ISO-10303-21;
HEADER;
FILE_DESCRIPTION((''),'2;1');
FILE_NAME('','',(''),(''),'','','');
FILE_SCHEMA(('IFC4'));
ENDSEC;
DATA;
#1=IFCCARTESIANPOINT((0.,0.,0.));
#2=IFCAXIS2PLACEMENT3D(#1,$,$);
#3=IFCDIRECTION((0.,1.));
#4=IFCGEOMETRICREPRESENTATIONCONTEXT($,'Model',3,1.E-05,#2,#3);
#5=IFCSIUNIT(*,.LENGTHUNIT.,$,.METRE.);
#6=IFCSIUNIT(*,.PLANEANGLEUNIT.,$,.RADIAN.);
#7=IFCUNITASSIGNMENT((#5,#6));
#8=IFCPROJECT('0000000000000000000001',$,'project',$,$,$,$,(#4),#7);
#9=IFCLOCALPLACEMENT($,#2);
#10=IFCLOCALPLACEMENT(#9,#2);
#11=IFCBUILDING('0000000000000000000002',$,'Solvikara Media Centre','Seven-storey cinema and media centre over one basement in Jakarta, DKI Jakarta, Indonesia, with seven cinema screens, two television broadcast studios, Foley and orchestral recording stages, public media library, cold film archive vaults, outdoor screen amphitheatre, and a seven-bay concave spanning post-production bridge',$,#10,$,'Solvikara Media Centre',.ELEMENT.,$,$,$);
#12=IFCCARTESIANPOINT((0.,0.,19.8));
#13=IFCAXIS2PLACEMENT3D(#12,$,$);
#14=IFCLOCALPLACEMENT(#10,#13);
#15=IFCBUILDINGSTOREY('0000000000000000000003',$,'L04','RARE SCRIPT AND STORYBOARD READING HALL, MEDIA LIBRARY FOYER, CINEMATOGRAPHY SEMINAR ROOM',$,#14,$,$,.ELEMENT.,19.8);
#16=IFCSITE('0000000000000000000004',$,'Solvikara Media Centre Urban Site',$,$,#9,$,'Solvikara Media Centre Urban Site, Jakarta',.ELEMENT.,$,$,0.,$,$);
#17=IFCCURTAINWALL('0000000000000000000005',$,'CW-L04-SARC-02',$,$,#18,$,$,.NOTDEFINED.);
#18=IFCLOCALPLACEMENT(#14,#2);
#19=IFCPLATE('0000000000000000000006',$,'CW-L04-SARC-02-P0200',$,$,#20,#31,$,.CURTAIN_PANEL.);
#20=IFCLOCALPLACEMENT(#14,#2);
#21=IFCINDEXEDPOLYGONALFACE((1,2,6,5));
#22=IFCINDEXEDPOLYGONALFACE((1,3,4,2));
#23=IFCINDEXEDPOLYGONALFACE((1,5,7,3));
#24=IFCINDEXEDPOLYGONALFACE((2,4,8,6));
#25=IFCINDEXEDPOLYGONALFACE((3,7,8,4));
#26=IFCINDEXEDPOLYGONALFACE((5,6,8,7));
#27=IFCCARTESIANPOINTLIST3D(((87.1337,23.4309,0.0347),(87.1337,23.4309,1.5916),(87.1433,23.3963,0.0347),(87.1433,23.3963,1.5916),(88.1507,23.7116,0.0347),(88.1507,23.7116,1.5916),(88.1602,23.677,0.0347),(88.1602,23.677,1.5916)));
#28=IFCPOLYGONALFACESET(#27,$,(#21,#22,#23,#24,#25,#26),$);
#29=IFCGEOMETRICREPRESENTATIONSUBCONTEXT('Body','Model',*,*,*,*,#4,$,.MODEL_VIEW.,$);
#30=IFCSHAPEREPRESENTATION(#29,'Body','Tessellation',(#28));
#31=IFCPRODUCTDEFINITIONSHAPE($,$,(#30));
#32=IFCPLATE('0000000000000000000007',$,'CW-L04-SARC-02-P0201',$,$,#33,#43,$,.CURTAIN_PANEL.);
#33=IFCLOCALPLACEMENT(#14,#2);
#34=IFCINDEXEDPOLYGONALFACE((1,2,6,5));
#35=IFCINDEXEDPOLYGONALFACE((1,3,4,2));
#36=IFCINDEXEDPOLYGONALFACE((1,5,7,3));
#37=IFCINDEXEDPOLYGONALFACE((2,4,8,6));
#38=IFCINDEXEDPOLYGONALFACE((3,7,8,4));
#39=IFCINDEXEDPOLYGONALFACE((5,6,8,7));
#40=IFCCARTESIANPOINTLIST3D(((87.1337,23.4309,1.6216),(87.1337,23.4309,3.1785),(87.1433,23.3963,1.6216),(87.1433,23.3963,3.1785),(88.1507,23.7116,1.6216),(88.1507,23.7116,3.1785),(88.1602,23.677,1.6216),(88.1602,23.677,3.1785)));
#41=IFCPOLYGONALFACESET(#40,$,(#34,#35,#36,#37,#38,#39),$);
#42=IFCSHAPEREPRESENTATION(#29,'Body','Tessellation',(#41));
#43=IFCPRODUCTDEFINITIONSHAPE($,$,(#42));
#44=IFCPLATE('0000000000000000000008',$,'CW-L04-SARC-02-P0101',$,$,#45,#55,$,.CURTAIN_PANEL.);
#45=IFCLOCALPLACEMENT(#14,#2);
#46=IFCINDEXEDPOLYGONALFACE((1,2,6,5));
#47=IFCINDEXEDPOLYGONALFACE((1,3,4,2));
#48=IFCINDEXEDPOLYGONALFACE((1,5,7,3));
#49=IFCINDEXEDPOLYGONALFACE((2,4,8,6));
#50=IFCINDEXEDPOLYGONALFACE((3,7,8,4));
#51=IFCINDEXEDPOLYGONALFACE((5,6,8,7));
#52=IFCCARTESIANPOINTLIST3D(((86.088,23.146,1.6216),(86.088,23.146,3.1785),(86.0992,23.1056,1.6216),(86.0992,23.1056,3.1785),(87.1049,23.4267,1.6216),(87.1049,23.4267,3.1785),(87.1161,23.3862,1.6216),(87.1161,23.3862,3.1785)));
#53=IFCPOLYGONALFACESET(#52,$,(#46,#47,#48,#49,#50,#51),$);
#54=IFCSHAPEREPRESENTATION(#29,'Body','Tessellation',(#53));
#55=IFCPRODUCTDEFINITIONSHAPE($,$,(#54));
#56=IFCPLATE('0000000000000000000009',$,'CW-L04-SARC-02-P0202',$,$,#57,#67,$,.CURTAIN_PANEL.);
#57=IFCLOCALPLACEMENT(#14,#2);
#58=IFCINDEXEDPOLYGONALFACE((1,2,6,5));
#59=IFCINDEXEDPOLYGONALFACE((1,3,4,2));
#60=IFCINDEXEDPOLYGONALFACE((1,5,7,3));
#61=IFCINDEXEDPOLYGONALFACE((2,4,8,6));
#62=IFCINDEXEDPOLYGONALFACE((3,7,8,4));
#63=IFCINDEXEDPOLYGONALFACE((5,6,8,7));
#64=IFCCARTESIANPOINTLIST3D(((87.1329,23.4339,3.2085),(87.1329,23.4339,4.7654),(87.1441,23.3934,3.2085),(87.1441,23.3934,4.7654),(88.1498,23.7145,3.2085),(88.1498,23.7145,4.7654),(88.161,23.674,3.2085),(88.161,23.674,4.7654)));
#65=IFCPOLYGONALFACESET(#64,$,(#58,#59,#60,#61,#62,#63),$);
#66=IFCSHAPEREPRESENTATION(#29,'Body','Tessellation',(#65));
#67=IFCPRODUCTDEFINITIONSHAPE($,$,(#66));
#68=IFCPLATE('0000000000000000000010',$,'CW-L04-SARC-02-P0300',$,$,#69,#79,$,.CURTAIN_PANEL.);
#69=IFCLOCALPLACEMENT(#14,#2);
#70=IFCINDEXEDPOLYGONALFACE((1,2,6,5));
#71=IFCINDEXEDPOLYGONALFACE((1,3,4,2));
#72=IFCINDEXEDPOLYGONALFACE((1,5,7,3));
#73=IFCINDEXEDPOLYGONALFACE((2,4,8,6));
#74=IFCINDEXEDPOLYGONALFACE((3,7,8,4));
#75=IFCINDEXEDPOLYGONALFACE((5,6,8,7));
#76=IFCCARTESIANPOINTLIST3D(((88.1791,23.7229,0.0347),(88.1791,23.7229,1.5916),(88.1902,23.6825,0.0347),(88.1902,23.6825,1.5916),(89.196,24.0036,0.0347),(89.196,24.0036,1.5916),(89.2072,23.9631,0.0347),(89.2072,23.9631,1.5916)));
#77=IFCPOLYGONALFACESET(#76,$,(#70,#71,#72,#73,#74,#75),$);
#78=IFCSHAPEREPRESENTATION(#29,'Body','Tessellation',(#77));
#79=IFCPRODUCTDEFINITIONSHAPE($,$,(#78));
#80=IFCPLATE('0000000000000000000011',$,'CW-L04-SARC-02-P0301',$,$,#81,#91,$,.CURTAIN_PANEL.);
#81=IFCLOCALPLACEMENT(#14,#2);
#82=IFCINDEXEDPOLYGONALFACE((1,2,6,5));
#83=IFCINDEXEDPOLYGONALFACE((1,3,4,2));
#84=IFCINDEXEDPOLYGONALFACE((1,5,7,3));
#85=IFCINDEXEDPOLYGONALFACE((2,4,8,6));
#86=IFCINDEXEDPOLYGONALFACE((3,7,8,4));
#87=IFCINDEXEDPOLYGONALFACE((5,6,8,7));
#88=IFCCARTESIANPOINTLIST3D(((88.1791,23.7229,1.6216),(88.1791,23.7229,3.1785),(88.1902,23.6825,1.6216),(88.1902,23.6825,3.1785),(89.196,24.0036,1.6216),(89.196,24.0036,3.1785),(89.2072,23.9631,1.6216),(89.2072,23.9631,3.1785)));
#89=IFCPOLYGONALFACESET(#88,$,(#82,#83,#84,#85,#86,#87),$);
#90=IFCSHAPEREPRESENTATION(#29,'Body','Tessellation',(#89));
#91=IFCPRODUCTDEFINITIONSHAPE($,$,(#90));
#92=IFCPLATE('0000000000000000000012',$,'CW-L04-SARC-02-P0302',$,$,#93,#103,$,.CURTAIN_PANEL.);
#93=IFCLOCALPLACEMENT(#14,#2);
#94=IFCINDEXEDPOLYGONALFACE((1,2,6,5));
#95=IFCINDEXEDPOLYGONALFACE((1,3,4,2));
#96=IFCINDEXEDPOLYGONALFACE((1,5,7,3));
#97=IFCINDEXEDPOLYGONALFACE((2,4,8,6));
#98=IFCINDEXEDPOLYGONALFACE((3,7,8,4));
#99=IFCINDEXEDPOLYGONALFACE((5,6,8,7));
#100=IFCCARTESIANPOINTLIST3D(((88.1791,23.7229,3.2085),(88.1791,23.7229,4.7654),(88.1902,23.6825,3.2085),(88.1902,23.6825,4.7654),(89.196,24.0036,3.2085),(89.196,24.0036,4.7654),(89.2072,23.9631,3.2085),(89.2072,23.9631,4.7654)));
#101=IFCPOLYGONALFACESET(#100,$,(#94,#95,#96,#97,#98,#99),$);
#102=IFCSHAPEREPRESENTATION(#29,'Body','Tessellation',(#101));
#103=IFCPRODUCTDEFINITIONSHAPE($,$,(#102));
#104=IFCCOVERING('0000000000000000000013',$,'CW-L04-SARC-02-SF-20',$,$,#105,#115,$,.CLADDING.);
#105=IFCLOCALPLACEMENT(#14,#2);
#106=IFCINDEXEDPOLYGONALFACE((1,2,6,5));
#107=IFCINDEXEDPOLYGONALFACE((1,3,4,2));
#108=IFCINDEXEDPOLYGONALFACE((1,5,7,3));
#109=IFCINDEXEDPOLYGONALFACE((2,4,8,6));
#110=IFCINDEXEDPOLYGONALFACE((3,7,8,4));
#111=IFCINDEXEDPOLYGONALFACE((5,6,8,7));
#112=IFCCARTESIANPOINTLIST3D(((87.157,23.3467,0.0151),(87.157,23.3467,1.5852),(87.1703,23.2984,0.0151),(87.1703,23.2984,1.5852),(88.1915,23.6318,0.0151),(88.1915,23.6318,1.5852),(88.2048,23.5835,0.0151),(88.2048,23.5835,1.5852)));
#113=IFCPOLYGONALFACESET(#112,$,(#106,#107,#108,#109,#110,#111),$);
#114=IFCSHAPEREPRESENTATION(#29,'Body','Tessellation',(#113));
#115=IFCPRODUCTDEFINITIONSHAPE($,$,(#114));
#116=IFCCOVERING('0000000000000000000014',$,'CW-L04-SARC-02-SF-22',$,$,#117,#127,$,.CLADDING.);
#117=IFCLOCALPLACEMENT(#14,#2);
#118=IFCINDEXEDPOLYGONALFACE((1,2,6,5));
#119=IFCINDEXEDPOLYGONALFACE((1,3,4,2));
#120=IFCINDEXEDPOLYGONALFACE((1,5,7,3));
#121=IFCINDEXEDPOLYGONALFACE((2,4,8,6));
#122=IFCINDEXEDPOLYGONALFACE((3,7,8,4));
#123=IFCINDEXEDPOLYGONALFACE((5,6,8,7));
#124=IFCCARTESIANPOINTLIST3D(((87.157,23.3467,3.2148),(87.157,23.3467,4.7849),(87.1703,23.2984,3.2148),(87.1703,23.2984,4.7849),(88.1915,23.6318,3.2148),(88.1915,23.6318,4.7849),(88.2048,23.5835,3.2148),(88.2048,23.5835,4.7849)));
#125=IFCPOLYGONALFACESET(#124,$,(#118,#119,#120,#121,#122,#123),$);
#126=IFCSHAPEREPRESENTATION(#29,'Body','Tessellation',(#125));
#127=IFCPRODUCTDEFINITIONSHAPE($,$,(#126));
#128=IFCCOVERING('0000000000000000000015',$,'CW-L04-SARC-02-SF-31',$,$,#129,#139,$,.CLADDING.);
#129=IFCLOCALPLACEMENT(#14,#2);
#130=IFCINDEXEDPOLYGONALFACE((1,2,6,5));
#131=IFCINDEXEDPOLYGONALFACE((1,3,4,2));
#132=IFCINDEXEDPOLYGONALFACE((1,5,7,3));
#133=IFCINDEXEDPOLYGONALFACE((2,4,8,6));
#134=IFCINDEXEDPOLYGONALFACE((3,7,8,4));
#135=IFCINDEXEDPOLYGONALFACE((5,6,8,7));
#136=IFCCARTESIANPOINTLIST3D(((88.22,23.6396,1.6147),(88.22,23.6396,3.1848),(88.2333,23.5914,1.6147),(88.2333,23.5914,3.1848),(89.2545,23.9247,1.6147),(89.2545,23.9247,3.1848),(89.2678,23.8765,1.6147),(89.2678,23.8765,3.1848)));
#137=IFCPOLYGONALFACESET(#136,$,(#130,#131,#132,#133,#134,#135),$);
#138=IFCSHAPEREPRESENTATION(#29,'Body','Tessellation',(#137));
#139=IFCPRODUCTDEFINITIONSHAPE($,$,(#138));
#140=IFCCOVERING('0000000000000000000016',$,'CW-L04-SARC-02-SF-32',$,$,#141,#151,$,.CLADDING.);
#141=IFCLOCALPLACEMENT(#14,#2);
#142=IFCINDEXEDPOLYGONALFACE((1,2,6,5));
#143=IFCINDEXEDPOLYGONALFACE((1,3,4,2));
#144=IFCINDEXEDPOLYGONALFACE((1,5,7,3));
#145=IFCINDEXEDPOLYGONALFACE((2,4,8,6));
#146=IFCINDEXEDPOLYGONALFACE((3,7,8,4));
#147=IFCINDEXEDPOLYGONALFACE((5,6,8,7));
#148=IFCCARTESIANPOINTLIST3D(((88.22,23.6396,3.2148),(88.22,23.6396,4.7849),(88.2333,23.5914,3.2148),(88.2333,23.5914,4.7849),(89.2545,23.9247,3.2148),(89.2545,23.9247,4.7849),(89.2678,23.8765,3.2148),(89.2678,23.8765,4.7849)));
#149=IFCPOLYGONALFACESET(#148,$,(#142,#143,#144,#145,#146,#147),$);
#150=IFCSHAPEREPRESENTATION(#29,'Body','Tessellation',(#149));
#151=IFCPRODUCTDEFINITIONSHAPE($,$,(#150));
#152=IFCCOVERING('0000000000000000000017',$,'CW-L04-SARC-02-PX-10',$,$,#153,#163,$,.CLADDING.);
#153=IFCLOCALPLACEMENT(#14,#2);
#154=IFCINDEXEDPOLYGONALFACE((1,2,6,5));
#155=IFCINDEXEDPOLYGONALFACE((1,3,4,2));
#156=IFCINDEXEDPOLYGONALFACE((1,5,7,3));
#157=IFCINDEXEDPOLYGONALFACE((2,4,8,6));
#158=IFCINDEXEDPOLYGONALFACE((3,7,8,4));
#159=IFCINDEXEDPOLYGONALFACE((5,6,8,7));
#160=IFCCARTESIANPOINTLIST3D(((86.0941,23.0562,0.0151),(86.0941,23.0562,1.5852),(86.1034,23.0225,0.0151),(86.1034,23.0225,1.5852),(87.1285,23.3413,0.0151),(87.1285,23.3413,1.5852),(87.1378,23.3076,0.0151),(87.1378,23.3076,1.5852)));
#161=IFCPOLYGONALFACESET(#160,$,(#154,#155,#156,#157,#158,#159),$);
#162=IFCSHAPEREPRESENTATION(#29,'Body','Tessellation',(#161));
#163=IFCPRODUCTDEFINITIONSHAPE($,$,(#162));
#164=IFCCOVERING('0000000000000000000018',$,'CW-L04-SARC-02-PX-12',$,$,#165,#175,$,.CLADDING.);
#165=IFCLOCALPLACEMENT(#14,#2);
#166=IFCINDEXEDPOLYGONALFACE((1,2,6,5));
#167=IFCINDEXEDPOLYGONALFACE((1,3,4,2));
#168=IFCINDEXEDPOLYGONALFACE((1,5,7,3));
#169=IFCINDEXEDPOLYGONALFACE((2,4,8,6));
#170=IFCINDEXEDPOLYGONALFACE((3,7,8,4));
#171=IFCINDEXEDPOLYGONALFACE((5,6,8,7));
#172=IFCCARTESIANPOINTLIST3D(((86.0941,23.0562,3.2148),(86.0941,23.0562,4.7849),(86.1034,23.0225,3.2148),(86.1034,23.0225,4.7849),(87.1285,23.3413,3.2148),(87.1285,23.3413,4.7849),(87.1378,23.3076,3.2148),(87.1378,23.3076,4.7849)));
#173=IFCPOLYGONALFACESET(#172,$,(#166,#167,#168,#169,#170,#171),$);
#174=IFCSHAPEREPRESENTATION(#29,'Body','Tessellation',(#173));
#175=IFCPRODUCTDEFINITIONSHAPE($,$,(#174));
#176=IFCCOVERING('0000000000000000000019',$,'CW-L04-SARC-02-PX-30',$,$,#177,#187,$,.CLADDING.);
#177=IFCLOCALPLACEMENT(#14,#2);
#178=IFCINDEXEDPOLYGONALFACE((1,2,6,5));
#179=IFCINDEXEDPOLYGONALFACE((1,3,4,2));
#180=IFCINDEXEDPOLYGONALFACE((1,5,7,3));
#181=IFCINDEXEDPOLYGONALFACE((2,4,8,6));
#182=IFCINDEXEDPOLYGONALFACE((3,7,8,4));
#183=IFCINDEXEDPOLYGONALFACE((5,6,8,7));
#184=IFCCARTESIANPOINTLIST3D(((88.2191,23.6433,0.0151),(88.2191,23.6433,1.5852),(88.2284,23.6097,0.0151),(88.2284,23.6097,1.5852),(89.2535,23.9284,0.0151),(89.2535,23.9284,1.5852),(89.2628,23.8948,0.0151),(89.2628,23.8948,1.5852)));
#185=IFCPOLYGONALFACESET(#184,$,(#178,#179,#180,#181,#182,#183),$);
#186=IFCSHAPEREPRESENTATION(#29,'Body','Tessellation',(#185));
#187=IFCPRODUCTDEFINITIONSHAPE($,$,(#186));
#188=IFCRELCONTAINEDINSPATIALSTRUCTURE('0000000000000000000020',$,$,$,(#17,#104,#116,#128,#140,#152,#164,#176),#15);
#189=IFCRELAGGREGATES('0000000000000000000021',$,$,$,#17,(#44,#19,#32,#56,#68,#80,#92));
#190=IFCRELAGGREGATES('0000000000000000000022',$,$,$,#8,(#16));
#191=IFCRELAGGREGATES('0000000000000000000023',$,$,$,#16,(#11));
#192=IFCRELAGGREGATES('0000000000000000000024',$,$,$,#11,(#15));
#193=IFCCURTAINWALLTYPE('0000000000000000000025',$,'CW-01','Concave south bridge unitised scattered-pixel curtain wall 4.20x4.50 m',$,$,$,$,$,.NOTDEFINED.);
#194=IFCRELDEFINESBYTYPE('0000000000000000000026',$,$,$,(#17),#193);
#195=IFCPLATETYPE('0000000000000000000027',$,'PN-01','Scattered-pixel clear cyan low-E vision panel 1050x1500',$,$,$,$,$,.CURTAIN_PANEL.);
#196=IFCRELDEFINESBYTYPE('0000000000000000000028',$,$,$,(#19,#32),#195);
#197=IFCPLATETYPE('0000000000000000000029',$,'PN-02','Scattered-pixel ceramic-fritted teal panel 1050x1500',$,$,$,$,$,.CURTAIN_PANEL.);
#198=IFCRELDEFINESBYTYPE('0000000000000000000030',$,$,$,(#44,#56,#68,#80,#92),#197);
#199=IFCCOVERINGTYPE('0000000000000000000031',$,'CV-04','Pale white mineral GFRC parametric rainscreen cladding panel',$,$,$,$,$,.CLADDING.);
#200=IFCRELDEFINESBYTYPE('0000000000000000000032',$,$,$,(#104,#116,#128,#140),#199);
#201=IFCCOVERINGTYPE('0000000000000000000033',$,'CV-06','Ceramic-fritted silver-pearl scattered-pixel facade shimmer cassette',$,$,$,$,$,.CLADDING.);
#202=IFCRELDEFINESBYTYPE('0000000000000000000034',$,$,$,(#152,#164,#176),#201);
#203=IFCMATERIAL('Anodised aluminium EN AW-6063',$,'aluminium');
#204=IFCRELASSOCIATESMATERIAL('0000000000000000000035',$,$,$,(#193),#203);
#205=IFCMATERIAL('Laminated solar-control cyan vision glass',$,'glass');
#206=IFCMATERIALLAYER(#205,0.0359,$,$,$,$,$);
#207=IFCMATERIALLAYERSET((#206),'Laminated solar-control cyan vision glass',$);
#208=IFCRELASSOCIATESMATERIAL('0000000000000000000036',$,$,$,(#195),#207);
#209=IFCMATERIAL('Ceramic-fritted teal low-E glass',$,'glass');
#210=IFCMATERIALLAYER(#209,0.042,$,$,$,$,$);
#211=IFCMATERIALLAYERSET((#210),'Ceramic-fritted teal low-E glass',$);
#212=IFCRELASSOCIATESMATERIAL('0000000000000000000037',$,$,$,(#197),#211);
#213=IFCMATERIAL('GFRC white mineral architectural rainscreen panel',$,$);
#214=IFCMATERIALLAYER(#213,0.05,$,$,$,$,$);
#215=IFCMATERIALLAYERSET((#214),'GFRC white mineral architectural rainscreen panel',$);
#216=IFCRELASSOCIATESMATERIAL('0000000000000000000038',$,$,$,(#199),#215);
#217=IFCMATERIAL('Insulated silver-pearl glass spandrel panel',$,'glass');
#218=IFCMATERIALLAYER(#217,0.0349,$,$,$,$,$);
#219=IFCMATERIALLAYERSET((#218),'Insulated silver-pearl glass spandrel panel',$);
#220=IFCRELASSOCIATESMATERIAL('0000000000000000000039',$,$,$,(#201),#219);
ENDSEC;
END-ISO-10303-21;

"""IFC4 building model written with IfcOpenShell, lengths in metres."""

from ifc_helpers import new_model, si_unit, direction, frame, origin, origin_2d, place, context, subcontext, project, spatial, rectangle, extrude, material, layer, layer_set, type_object, element, aggregate, save


model = new_model("IFC4")

# Units and contexts
model_context = context("Model", 3, precision=1e-05, world=origin(), true_north=direction((0.0, 1.0)))
body_context = subcontext(model_context, "Body", "Model", "MODEL_VIEW")
ifc_project = project(units=[si_unit("LENGTHUNIT", "METRE"), si_unit("PLANEANGLEUNIT", "RADIAN")], contexts=[model_context])

# Site, building, storey
site_placement = place(None, origin())
site = spatial("IfcSite", under=ifc_project, at=site_placement, Name="Solvikara Media Centre Urban Site", LongName="Solvikara Media Centre Urban Site, Jakarta", CompositionType="ELEMENT", RefElevation=0.0)
building_placement = place(site_placement, origin())
building = spatial("IfcBuilding", under=site, at=building_placement, Name="Solvikara Media Centre", Description="Seven-storey cinema and media centre over one basement in Jakarta, DKI Jakarta, Indonesia, with seven cinema screens, two television broadcast studios, Foley and orchestral recording stages, public media library, cold film archive vaults, outdoor screen amphitheatre, and a seven-bay concave spanning post-production bridge", LongName="Solvikara Media Centre", CompositionType="ELEMENT")
storey_placement = place(building_placement, frame((0.0, 0.0, 19.8)))
storey = spatial("IfcBuildingStorey", under=building, at=storey_placement, Name="L04", Description="RARE SCRIPT AND STORYBOARD READING HALL, MEDIA LIBRARY FOYER, CINEMATOGRAPHY SEMINAR ROOM", CompositionType="ELEMENT", Elevation=19.8)

# Curtain wall
ifc_material_1 = material(Name="Anodised aluminium EN AW-6063", Category="aluminium")
curtain_wall_type = type_object("IfcCurtainWallType", Name="CW-01", Description="Concave south bridge unitised scattered-pixel curtain wall 4.20x4.50 m", PredefinedType="NOTDEFINED", material=ifc_material_1)
curtain_wall_1_placement = place(storey_placement, origin())
curtain_wall_1 = element("IfcCurtainWall", 1, at=curtain_wall_1_placement, inside=storey, type_object=curtain_wall_type, Name="CW-L04-SARC-02", PredefinedType="NOTDEFINED")

# Plates
ifc_material_2 = material(Name="Laminated solar-control cyan vision glass", Category="glass")
ifc_layer_1 = layer(ifc_material_2, 0.0359)
ifc_layer_set_1 = layer_set([ifc_layer_1], Name="Laminated solar-control cyan vision glass")
plate_type_1 = type_object("IfcPlateType", Name="PN-01", Description="Scattered-pixel clear cyan low-E vision panel 1050x1500", PredefinedType="CURTAIN_PANEL", material=ifc_layer_set_1)
plate_1_placement = place(storey_placement, frame((87.647, 23.554, 0.0347), z_axis=(0.0, 0.0, 1.0), x_axis=(0.96397, 0.26601, 0.0)))
plate_1 = element("IfcPlate", 2, at=plate_1_placement, type_object=plate_type_1, Name="CW-L04-SARC-02-P0200", PredefinedType="CURTAIN_PANEL", context=body_context, shape_type="SweptSolid", body=[
    extrude(rectangle(XDim=1.0549, YDim=0.0359, at=origin_2d()), origin(), (0.0, 0.0, 1.0), 1.5569),
])
plate_2_placement = place(storey_placement, frame((87.647, 23.554, 1.6216), z_axis=(0.0, 0.0, 1.0), x_axis=(0.96397, 0.26601, 0.0)))
plate_2 = element("IfcPlate", 3, at=plate_2_placement, type_object=plate_type_1, Name="CW-L04-SARC-02-P0201", PredefinedType="CURTAIN_PANEL", context=body_context, shape_type="SweptSolid", body=[
    extrude(rectangle(XDim=1.0549, YDim=0.0359, at=origin_2d()), origin(), (0.0, 0.0, 1.0), 1.5569),
])
ifc_material_3 = material(Name="Ceramic-fritted teal low-E glass", Category="glass")
ifc_layer_2 = layer(ifc_material_3, 0.042)
ifc_layer_set_2 = layer_set([ifc_layer_2], Name="Ceramic-fritted teal low-E glass")
plate_type_2 = type_object("IfcPlateType", Name="PN-02", Description="Scattered-pixel ceramic-fritted teal panel 1050x1500", PredefinedType="CURTAIN_PANEL", material=ifc_layer_set_2)
plate_3_placement = place(storey_placement, frame((86.6021, 23.2661, 1.6216), z_axis=(0.0, 0.0, 1.0), x_axis=(0.96397, 0.26601, 0.0)))
plate_3 = element("IfcPlate", 4, at=plate_3_placement, type_object=plate_type_2, Name="CW-L04-SARC-02-P0101", PredefinedType="CURTAIN_PANEL", context=body_context, shape_type="SweptSolid", body=[
    extrude(rectangle(XDim=1.0549, YDim=0.042, at=origin_2d()), origin(), (0.0, 0.0, 1.0), 1.5569),
])
plate_4_placement = place(storey_placement, frame((87.647, 23.554, 3.2085), z_axis=(0.0, 0.0, 1.0), x_axis=(0.96397, 0.26601, 0.0)))
plate_4 = element("IfcPlate", 5, at=plate_4_placement, type_object=plate_type_2, Name="CW-L04-SARC-02-P0202", PredefinedType="CURTAIN_PANEL", context=body_context, shape_type="SweptSolid", body=[
    extrude(rectangle(XDim=1.0549, YDim=0.042, at=origin_2d()), origin(), (0.0, 0.0, 1.0), 1.5569),
])
plate_5_placement = place(storey_placement, frame((88.6931, 23.843, 0.0347), z_axis=(0.0, 0.0, 1.0), x_axis=(0.96397, 0.26601, 0.0)))
plate_5 = element("IfcPlate", 6, at=plate_5_placement, type_object=plate_type_2, Name="CW-L04-SARC-02-P0300", PredefinedType="CURTAIN_PANEL", context=body_context, shape_type="SweptSolid", body=[
    extrude(rectangle(XDim=1.0549, YDim=0.042, at=origin_2d()), origin(), (0.0, 0.0, 1.0), 1.5569),
])
plate_6_placement = place(storey_placement, frame((88.6931, 23.843, 1.6216), z_axis=(0.0, 0.0, 1.0), x_axis=(0.96397, 0.26601, 0.0)))
plate_6 = element("IfcPlate", 7, at=plate_6_placement, type_object=plate_type_2, Name="CW-L04-SARC-02-P0301", PredefinedType="CURTAIN_PANEL", context=body_context, shape_type="SweptSolid", body=[
    extrude(rectangle(XDim=1.0549, YDim=0.042, at=origin_2d()), origin(), (0.0, 0.0, 1.0), 1.5569),
])
plate_7_placement = place(storey_placement, frame((88.6931, 23.843, 3.2085), z_axis=(0.0, 0.0, 1.0), x_axis=(0.96397, 0.26601, 0.0)))
plate_7 = element("IfcPlate", 8, at=plate_7_placement, type_object=plate_type_2, Name="CW-L04-SARC-02-P0302", PredefinedType="CURTAIN_PANEL", context=body_context, shape_type="SweptSolid", body=[
    extrude(rectangle(XDim=1.0549, YDim=0.042, at=origin_2d()), origin(), (0.0, 0.0, 1.0), 1.5569),
])
aggregate(curtain_wall_1, [plate_3, plate_1, plate_2, plate_4, plate_5, plate_6, plate_7])

# Coverings
ifc_material_4 = material(Name="GFRC white mineral architectural rainscreen panel")
ifc_layer_3 = layer(ifc_material_4, 0.05)
ifc_layer_set_3 = layer_set([ifc_layer_3], Name="GFRC white mineral architectural rainscreen panel")
covering_type_1 = type_object("IfcCoveringType", Name="CV-04", Description="Pale white mineral GFRC parametric rainscreen cladding panel", PredefinedType="CLADDING", material=ifc_layer_set_3)
for number, where, z_axis, x_axis, name in (
    (9, (87.6809, 23.4651, 0.0151), (0.0, 0.0, 1.0), (0.964049, 0.265724, 0.0), "CW-L04-SARC-02-SF-20"),
    (10, (87.6809, 23.4651, 3.2148), (0.0, 0.0, 1.0), (0.964049, 0.265724, 0.0), "CW-L04-SARC-02-SF-22"),
    (11, (88.7439, 23.7581, 1.6147), (0.0, 0.0, 1.0), (0.964049, 0.265724, 0.0), "CW-L04-SARC-02-SF-31"),
    (12, (88.7439, 23.7581, 3.2148), (0.0, 0.0, 1.0), (0.964049, 0.265724, 0.0), "CW-L04-SARC-02-SF-32"),
):
    element("IfcCovering", number, at=place(storey_placement, frame(where, z_axis=z_axis, x_axis=x_axis)), inside=storey, type_object=covering_type_1, Name=name, PredefinedType="CLADDING", context=body_context, shape_type="SweptSolid", body=[
        extrude(rectangle(XDim=1.073, YDim=0.05, at=origin_2d()), origin(), (0.0, 0.0, 1.0), 1.5701),
    ])
ifc_material_5 = material(Name="Insulated silver-pearl glass spandrel panel", Category="glass")
ifc_layer_4 = layer(ifc_material_5, 0.0349)
ifc_layer_set_4 = layer_set([ifc_layer_4], Name="Insulated silver-pearl glass spandrel panel")
covering_type_2 = type_object("IfcCoveringType", Name="CV-06", Description="Ceramic-fritted silver-pearl scattered-pixel facade shimmer cassette", PredefinedType="CLADDING", material=ifc_layer_set_4)
for number, where, z_axis, x_axis, name in (
    (13, (86.616, 23.1819, 0.0151), (0.0, 0.0, 1.0), (0.964049, 0.265724, 0.0), "CW-L04-SARC-02-PX-10"),
    (14, (86.616, 23.1819, 3.2148), (0.0, 0.0, 1.0), (0.964049, 0.265724, 0.0), "CW-L04-SARC-02-PX-12"),
    (15, (88.741, 23.769, 0.0151), (0.0, 0.0, 1.0), (0.964049, 0.265724, 0.0), "CW-L04-SARC-02-PX-30"),
):
    element("IfcCovering", number, at=place(storey_placement, frame(where, z_axis=z_axis, x_axis=x_axis)), inside=storey, type_object=covering_type_2, Name=name, PredefinedType="CLADDING", context=body_context, shape_type="SweptSolid", body=[
        extrude(rectangle(XDim=1.073, YDim=0.0349, at=origin_2d()), origin(), (0.0, 0.0, 1.0), 1.5701),
    ])

save(model, "model.ifc")
